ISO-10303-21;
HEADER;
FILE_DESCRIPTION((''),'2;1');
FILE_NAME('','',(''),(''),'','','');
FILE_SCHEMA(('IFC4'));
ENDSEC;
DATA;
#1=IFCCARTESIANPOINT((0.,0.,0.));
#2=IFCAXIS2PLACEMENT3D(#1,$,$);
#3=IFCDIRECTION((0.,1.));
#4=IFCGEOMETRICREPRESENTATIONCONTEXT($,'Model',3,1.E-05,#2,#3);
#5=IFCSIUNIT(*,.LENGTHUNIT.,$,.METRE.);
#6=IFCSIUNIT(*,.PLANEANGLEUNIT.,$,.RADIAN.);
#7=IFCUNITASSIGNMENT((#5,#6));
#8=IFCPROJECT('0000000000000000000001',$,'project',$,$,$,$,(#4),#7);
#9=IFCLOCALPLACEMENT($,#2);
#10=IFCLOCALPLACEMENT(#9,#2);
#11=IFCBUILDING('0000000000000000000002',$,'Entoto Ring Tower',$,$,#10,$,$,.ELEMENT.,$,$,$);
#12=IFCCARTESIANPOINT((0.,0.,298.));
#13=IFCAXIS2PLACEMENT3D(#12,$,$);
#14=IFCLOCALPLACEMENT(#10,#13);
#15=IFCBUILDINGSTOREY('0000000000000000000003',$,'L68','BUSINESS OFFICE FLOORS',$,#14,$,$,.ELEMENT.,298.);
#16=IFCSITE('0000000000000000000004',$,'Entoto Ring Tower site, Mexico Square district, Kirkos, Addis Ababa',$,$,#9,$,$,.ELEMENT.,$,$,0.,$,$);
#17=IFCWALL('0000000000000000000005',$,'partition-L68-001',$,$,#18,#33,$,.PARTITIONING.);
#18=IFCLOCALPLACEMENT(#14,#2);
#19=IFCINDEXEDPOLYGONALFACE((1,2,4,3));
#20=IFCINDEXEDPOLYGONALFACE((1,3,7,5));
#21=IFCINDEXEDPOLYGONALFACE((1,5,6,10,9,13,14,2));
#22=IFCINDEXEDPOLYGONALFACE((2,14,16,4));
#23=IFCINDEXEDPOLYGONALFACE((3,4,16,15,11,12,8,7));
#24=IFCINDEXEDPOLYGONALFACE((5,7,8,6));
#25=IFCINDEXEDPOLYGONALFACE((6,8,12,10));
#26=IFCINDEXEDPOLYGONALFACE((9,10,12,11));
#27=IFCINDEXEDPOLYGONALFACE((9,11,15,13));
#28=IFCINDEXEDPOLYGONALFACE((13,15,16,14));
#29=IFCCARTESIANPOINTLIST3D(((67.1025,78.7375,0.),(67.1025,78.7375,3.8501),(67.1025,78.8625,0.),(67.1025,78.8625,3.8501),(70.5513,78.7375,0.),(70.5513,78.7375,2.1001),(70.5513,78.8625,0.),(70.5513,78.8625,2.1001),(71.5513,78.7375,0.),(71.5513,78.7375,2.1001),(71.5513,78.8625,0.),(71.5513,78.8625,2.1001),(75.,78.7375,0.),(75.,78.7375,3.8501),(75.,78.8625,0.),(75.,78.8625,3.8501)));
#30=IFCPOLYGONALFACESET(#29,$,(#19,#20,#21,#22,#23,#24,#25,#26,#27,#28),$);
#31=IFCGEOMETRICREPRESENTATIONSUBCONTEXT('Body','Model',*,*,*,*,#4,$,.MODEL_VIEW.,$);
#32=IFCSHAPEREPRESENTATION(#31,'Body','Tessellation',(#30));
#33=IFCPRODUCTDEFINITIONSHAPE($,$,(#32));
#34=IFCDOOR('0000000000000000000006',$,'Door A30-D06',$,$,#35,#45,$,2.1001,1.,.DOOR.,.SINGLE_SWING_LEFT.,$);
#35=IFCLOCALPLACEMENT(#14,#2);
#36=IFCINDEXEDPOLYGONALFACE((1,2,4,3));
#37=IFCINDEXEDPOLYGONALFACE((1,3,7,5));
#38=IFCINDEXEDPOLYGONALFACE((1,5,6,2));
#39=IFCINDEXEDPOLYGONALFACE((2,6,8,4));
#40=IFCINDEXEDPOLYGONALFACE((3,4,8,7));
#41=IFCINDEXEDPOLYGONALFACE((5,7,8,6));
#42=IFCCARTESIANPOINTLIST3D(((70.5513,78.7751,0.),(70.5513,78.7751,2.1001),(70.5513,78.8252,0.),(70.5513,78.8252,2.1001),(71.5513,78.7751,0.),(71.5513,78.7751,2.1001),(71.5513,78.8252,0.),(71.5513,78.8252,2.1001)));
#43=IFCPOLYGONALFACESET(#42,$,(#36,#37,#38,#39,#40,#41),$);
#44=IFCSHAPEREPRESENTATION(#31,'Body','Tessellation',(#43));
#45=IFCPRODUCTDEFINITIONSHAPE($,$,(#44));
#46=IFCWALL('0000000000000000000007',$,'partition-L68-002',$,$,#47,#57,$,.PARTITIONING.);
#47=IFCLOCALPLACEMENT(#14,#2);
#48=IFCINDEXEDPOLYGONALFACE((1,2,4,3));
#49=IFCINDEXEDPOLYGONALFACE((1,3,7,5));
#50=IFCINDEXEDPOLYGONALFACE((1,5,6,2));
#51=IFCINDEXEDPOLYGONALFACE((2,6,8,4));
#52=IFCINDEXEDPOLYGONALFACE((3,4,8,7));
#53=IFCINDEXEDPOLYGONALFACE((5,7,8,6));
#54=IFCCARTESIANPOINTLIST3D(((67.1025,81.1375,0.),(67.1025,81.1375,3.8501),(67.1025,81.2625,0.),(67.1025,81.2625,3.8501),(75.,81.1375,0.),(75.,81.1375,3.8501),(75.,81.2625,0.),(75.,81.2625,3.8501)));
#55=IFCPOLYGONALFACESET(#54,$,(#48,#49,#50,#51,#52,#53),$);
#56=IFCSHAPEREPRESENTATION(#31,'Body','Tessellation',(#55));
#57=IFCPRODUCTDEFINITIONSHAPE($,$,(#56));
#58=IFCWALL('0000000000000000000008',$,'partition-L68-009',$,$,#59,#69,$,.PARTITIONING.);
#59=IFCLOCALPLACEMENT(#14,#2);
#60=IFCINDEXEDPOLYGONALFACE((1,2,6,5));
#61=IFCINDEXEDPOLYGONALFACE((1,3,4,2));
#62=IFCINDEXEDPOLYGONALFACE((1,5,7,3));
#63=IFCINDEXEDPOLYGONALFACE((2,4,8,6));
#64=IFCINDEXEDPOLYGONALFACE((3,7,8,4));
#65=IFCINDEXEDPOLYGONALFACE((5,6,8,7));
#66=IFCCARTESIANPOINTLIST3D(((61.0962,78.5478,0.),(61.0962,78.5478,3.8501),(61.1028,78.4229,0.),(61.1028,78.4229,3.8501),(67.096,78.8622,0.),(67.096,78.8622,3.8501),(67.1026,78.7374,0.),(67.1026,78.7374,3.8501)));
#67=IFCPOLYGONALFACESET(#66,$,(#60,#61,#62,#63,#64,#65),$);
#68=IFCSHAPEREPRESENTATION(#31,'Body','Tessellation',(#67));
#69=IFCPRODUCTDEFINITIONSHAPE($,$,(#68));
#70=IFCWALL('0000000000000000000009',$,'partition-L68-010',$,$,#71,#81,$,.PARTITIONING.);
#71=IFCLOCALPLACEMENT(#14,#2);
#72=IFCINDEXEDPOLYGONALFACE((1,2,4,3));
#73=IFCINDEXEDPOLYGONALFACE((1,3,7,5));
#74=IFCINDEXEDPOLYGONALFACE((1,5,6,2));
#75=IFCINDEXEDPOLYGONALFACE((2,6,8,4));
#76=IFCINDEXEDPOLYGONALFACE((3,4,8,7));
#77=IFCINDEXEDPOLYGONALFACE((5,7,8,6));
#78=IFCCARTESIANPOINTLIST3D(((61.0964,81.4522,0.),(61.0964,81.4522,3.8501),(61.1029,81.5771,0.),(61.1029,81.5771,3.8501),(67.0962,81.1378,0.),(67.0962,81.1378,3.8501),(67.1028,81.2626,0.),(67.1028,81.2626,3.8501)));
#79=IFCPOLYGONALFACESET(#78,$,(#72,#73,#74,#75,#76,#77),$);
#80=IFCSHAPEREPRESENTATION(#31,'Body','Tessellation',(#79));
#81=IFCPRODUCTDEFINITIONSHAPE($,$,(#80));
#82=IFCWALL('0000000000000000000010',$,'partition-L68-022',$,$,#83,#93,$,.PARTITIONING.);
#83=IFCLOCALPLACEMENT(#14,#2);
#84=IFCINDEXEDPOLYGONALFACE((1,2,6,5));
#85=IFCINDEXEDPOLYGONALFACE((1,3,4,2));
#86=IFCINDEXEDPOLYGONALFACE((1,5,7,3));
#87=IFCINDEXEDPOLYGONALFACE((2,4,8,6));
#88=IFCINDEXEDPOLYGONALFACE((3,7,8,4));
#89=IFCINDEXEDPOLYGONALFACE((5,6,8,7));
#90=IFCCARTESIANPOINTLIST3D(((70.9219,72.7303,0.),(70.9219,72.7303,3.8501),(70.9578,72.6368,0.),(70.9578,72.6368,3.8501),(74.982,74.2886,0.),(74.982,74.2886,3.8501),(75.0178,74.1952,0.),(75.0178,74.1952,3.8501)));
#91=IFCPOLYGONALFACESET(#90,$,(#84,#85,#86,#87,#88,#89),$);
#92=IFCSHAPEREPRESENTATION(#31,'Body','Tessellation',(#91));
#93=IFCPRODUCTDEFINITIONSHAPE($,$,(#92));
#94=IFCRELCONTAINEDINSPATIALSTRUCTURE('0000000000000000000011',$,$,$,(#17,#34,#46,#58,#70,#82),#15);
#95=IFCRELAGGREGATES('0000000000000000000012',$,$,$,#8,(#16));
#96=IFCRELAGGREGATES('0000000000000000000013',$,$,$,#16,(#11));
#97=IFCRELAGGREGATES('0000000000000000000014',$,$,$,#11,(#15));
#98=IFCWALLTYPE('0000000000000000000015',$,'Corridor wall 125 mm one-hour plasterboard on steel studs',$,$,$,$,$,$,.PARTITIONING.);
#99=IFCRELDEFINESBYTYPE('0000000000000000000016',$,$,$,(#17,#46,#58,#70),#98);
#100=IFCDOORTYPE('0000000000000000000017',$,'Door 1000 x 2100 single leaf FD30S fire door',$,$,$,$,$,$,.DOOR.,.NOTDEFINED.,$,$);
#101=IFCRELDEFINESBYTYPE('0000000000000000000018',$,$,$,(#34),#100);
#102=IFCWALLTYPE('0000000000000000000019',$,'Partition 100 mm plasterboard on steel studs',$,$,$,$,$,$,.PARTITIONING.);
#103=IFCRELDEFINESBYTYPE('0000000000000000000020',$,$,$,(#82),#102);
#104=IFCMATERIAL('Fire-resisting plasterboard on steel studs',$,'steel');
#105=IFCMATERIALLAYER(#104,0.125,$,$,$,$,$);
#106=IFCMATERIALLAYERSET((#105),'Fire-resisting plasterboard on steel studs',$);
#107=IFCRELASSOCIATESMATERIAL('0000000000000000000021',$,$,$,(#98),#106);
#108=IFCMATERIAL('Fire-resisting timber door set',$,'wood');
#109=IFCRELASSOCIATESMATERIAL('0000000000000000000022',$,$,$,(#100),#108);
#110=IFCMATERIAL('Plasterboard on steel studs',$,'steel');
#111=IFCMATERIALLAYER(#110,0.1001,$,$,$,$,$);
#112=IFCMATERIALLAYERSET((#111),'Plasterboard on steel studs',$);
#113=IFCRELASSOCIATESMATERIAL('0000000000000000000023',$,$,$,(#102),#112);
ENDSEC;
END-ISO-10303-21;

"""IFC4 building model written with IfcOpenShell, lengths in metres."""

from ifc_helpers import new_model, si_unit, direction, frame, frame_2d, origin, place, context, subcontext, project, spatial, rectangle, extrude, material, layer, layer_set, type_object, element, fill, save


model = new_model("IFC4")

# Units and contexts
model_context = context("Model", 3, precision=1e-05, world=origin(), true_north=direction((0.0, 1.0)))
body_context = subcontext(model_context, "Body", "Model", "MODEL_VIEW")
ifc_project = project(units=[si_unit("LENGTHUNIT", "METRE"), si_unit("PLANEANGLEUNIT", "RADIAN")], contexts=[model_context])

# Site, building, storey
site_placement = place(None, origin())
site = spatial("IfcSite", under=ifc_project, at=site_placement, Name="Entoto Ring Tower site, Mexico Square district, Kirkos, Addis Ababa", CompositionType="ELEMENT", RefElevation=0.0)
building_placement = place(site_placement, origin())
building = spatial("IfcBuilding", under=site, at=building_placement, Name="Entoto Ring Tower", CompositionType="ELEMENT")
storey_placement = place(building_placement, frame((0.0, 0.0, 298.0)))
storey = spatial("IfcBuildingStorey", under=building, at=storey_placement, Name="L68", Description="BUSINESS OFFICE FLOORS", CompositionType="ELEMENT", Elevation=298.0)

# Wall, opening, door
ifc_material_1 = material(Name="Fire-resisting plasterboard on steel studs", Category="steel")
ifc_layer_1 = layer(ifc_material_1, 0.125)
ifc_layer_set_1 = layer_set([ifc_layer_1], Name="Fire-resisting plasterboard on steel studs")
wall_type_1 = type_object("IfcWallType", Name="Corridor wall 125 mm one-hour plasterboard on steel studs", PredefinedType="PARTITIONING", material=ifc_layer_set_1)
wall_1_placement = place(storey_placement, frame((67.1025, 78.8, 0.0), z_axis=(0.0, 0.0, 1.0), x_axis=(1.0, 0.0, 0.0)))
wall_1 = element("IfcWall", 1, at=wall_1_placement, inside=storey, type_object=wall_type_1, Name="partition-L68-001", PredefinedType="PARTITIONING", context=body_context, shape_type="SweptSolid", body=[
    extrude(rectangle(XDim=7.8975, YDim=0.125, at=frame_2d((3.9487, 0.0))), origin(), (0.0, 0.0, 1.0), 3.8501),
])
opening_placement = place(wall_1_placement, frame((3.4487, 0.0, 0.0)))
opening = element("IfcOpeningElement", 2, at=opening_placement, cuts=wall_1, PredefinedType="OPENING", context=body_context, shape_type="SweptSolid", body=[
    extrude(rectangle(XDim=1.0, YDim=2.1001, at=frame_2d((0.5, 1.05))), frame((0.0, 0.0725, 0.0), z_axis=(0.0, -1.0, 0.0), x_axis=(1.0, 0.0, 0.0)), (0.0, 0.0, 1.0), 0.145),
])
ifc_material_2 = material(Name="Fire-resisting timber door set", Category="wood")
door_type = type_object("IfcDoorType", Name="Door 1000 x 2100 single leaf FD30S fire door", OperationType="NOTDEFINED", PredefinedType="DOOR", material=ifc_material_2)
door_placement = place(opening_placement, frame((1.0, 0.0, 0.0), z_axis=(0.0, 0.0, 1.0), x_axis=(-1.0, 0.0, 0.0)))
door = element("IfcDoor", 3, at=door_placement, inside=storey, type_object=door_type, Name="Door A30-D06", OperationType="SINGLE_SWING_LEFT", OverallHeight=2.1001, OverallWidth=1.0, PredefinedType="DOOR", context=body_context, shape_type="SweptSolid", body=[
    extrude(rectangle(XDim=1.0, YDim=2.1001, at=frame_2d((0.5, 1.05))), frame((0.0, 0.0249, 0.0), z_axis=(0.0, -1.0, 0.0), x_axis=(1.0, 0.0, 0.0)), (0.0, 0.0, 1.0), 0.05),
])
fill(opening, door)

# Walls
wall_2_placement = place(storey_placement, frame((67.1025, 81.2, 0.0), z_axis=(0.0, 0.0, 1.0), x_axis=(1.0, 0.0, 0.0)))
element("IfcWall", 4, at=wall_2_placement, inside=storey, type_object=wall_type_1, Name="partition-L68-002", PredefinedType="PARTITIONING", context=body_context, shape_type="SweptSolid", body=[
    extrude(rectangle(XDim=7.8975, YDim=0.125, at=frame_2d((3.9487, 0.0))), origin(), (0.0, 0.0, 1.0), 3.8501),
])
for number, where, z_axis, x_axis, name in (
    (5, (61.0996, 78.4854, 0.0), (0.0, 0.0, 1.0), (0.998629, 0.052339, 0.0), "partition-L68-009"),
    (6, (67.0994, 81.2002, 0.0), (0.0, 0.0, 1.0), (-0.998629, 0.052339, 0.0), "partition-L68-010"),
):
    element("IfcWall", number, at=place(storey_placement, frame(where, z_axis=z_axis, x_axis=x_axis)), inside=storey, type_object=wall_type_1, Name=name, PredefinedType="PARTITIONING", context=body_context, shape_type="SweptSolid", body=[
        extrude(rectangle(XDim=6.0081, YDim=0.125, at=frame_2d((3.0039, 0.0))), origin(), (0.0, 0.0, 1.0), 3.8501),
    ])
ifc_material_3 = material(Name="Plasterboard on steel studs", Category="steel")
ifc_layer_2 = layer(ifc_material_3, 0.1001)
ifc_layer_set_2 = layer_set([ifc_layer_2], Name="Plasterboard on steel studs")
wall_type_2 = type_object("IfcWallType", Name="Partition 100 mm plasterboard on steel studs", PredefinedType="PARTITIONING", material=ifc_layer_set_2)
wall_3_placement = place(storey_placement, frame((70.9399, 72.6836, 0.0), z_axis=(0.0, 0.0, 1.0), x_axis=(0.933593, 0.358336, 0.0)))
element("IfcWall", 7, at=wall_3_placement, inside=storey, type_object=wall_type_2, Name="partition-L68-022", PredefinedType="PARTITIONING", context=body_context, shape_type="SweptSolid", body=[
    extrude(rectangle(XDim=4.3489, YDim=0.1001, at=frame_2d((2.1743, 0.0))), origin(), (0.0, 0.0, 1.0), 3.8501),
])

save(model, "model.ifc")
